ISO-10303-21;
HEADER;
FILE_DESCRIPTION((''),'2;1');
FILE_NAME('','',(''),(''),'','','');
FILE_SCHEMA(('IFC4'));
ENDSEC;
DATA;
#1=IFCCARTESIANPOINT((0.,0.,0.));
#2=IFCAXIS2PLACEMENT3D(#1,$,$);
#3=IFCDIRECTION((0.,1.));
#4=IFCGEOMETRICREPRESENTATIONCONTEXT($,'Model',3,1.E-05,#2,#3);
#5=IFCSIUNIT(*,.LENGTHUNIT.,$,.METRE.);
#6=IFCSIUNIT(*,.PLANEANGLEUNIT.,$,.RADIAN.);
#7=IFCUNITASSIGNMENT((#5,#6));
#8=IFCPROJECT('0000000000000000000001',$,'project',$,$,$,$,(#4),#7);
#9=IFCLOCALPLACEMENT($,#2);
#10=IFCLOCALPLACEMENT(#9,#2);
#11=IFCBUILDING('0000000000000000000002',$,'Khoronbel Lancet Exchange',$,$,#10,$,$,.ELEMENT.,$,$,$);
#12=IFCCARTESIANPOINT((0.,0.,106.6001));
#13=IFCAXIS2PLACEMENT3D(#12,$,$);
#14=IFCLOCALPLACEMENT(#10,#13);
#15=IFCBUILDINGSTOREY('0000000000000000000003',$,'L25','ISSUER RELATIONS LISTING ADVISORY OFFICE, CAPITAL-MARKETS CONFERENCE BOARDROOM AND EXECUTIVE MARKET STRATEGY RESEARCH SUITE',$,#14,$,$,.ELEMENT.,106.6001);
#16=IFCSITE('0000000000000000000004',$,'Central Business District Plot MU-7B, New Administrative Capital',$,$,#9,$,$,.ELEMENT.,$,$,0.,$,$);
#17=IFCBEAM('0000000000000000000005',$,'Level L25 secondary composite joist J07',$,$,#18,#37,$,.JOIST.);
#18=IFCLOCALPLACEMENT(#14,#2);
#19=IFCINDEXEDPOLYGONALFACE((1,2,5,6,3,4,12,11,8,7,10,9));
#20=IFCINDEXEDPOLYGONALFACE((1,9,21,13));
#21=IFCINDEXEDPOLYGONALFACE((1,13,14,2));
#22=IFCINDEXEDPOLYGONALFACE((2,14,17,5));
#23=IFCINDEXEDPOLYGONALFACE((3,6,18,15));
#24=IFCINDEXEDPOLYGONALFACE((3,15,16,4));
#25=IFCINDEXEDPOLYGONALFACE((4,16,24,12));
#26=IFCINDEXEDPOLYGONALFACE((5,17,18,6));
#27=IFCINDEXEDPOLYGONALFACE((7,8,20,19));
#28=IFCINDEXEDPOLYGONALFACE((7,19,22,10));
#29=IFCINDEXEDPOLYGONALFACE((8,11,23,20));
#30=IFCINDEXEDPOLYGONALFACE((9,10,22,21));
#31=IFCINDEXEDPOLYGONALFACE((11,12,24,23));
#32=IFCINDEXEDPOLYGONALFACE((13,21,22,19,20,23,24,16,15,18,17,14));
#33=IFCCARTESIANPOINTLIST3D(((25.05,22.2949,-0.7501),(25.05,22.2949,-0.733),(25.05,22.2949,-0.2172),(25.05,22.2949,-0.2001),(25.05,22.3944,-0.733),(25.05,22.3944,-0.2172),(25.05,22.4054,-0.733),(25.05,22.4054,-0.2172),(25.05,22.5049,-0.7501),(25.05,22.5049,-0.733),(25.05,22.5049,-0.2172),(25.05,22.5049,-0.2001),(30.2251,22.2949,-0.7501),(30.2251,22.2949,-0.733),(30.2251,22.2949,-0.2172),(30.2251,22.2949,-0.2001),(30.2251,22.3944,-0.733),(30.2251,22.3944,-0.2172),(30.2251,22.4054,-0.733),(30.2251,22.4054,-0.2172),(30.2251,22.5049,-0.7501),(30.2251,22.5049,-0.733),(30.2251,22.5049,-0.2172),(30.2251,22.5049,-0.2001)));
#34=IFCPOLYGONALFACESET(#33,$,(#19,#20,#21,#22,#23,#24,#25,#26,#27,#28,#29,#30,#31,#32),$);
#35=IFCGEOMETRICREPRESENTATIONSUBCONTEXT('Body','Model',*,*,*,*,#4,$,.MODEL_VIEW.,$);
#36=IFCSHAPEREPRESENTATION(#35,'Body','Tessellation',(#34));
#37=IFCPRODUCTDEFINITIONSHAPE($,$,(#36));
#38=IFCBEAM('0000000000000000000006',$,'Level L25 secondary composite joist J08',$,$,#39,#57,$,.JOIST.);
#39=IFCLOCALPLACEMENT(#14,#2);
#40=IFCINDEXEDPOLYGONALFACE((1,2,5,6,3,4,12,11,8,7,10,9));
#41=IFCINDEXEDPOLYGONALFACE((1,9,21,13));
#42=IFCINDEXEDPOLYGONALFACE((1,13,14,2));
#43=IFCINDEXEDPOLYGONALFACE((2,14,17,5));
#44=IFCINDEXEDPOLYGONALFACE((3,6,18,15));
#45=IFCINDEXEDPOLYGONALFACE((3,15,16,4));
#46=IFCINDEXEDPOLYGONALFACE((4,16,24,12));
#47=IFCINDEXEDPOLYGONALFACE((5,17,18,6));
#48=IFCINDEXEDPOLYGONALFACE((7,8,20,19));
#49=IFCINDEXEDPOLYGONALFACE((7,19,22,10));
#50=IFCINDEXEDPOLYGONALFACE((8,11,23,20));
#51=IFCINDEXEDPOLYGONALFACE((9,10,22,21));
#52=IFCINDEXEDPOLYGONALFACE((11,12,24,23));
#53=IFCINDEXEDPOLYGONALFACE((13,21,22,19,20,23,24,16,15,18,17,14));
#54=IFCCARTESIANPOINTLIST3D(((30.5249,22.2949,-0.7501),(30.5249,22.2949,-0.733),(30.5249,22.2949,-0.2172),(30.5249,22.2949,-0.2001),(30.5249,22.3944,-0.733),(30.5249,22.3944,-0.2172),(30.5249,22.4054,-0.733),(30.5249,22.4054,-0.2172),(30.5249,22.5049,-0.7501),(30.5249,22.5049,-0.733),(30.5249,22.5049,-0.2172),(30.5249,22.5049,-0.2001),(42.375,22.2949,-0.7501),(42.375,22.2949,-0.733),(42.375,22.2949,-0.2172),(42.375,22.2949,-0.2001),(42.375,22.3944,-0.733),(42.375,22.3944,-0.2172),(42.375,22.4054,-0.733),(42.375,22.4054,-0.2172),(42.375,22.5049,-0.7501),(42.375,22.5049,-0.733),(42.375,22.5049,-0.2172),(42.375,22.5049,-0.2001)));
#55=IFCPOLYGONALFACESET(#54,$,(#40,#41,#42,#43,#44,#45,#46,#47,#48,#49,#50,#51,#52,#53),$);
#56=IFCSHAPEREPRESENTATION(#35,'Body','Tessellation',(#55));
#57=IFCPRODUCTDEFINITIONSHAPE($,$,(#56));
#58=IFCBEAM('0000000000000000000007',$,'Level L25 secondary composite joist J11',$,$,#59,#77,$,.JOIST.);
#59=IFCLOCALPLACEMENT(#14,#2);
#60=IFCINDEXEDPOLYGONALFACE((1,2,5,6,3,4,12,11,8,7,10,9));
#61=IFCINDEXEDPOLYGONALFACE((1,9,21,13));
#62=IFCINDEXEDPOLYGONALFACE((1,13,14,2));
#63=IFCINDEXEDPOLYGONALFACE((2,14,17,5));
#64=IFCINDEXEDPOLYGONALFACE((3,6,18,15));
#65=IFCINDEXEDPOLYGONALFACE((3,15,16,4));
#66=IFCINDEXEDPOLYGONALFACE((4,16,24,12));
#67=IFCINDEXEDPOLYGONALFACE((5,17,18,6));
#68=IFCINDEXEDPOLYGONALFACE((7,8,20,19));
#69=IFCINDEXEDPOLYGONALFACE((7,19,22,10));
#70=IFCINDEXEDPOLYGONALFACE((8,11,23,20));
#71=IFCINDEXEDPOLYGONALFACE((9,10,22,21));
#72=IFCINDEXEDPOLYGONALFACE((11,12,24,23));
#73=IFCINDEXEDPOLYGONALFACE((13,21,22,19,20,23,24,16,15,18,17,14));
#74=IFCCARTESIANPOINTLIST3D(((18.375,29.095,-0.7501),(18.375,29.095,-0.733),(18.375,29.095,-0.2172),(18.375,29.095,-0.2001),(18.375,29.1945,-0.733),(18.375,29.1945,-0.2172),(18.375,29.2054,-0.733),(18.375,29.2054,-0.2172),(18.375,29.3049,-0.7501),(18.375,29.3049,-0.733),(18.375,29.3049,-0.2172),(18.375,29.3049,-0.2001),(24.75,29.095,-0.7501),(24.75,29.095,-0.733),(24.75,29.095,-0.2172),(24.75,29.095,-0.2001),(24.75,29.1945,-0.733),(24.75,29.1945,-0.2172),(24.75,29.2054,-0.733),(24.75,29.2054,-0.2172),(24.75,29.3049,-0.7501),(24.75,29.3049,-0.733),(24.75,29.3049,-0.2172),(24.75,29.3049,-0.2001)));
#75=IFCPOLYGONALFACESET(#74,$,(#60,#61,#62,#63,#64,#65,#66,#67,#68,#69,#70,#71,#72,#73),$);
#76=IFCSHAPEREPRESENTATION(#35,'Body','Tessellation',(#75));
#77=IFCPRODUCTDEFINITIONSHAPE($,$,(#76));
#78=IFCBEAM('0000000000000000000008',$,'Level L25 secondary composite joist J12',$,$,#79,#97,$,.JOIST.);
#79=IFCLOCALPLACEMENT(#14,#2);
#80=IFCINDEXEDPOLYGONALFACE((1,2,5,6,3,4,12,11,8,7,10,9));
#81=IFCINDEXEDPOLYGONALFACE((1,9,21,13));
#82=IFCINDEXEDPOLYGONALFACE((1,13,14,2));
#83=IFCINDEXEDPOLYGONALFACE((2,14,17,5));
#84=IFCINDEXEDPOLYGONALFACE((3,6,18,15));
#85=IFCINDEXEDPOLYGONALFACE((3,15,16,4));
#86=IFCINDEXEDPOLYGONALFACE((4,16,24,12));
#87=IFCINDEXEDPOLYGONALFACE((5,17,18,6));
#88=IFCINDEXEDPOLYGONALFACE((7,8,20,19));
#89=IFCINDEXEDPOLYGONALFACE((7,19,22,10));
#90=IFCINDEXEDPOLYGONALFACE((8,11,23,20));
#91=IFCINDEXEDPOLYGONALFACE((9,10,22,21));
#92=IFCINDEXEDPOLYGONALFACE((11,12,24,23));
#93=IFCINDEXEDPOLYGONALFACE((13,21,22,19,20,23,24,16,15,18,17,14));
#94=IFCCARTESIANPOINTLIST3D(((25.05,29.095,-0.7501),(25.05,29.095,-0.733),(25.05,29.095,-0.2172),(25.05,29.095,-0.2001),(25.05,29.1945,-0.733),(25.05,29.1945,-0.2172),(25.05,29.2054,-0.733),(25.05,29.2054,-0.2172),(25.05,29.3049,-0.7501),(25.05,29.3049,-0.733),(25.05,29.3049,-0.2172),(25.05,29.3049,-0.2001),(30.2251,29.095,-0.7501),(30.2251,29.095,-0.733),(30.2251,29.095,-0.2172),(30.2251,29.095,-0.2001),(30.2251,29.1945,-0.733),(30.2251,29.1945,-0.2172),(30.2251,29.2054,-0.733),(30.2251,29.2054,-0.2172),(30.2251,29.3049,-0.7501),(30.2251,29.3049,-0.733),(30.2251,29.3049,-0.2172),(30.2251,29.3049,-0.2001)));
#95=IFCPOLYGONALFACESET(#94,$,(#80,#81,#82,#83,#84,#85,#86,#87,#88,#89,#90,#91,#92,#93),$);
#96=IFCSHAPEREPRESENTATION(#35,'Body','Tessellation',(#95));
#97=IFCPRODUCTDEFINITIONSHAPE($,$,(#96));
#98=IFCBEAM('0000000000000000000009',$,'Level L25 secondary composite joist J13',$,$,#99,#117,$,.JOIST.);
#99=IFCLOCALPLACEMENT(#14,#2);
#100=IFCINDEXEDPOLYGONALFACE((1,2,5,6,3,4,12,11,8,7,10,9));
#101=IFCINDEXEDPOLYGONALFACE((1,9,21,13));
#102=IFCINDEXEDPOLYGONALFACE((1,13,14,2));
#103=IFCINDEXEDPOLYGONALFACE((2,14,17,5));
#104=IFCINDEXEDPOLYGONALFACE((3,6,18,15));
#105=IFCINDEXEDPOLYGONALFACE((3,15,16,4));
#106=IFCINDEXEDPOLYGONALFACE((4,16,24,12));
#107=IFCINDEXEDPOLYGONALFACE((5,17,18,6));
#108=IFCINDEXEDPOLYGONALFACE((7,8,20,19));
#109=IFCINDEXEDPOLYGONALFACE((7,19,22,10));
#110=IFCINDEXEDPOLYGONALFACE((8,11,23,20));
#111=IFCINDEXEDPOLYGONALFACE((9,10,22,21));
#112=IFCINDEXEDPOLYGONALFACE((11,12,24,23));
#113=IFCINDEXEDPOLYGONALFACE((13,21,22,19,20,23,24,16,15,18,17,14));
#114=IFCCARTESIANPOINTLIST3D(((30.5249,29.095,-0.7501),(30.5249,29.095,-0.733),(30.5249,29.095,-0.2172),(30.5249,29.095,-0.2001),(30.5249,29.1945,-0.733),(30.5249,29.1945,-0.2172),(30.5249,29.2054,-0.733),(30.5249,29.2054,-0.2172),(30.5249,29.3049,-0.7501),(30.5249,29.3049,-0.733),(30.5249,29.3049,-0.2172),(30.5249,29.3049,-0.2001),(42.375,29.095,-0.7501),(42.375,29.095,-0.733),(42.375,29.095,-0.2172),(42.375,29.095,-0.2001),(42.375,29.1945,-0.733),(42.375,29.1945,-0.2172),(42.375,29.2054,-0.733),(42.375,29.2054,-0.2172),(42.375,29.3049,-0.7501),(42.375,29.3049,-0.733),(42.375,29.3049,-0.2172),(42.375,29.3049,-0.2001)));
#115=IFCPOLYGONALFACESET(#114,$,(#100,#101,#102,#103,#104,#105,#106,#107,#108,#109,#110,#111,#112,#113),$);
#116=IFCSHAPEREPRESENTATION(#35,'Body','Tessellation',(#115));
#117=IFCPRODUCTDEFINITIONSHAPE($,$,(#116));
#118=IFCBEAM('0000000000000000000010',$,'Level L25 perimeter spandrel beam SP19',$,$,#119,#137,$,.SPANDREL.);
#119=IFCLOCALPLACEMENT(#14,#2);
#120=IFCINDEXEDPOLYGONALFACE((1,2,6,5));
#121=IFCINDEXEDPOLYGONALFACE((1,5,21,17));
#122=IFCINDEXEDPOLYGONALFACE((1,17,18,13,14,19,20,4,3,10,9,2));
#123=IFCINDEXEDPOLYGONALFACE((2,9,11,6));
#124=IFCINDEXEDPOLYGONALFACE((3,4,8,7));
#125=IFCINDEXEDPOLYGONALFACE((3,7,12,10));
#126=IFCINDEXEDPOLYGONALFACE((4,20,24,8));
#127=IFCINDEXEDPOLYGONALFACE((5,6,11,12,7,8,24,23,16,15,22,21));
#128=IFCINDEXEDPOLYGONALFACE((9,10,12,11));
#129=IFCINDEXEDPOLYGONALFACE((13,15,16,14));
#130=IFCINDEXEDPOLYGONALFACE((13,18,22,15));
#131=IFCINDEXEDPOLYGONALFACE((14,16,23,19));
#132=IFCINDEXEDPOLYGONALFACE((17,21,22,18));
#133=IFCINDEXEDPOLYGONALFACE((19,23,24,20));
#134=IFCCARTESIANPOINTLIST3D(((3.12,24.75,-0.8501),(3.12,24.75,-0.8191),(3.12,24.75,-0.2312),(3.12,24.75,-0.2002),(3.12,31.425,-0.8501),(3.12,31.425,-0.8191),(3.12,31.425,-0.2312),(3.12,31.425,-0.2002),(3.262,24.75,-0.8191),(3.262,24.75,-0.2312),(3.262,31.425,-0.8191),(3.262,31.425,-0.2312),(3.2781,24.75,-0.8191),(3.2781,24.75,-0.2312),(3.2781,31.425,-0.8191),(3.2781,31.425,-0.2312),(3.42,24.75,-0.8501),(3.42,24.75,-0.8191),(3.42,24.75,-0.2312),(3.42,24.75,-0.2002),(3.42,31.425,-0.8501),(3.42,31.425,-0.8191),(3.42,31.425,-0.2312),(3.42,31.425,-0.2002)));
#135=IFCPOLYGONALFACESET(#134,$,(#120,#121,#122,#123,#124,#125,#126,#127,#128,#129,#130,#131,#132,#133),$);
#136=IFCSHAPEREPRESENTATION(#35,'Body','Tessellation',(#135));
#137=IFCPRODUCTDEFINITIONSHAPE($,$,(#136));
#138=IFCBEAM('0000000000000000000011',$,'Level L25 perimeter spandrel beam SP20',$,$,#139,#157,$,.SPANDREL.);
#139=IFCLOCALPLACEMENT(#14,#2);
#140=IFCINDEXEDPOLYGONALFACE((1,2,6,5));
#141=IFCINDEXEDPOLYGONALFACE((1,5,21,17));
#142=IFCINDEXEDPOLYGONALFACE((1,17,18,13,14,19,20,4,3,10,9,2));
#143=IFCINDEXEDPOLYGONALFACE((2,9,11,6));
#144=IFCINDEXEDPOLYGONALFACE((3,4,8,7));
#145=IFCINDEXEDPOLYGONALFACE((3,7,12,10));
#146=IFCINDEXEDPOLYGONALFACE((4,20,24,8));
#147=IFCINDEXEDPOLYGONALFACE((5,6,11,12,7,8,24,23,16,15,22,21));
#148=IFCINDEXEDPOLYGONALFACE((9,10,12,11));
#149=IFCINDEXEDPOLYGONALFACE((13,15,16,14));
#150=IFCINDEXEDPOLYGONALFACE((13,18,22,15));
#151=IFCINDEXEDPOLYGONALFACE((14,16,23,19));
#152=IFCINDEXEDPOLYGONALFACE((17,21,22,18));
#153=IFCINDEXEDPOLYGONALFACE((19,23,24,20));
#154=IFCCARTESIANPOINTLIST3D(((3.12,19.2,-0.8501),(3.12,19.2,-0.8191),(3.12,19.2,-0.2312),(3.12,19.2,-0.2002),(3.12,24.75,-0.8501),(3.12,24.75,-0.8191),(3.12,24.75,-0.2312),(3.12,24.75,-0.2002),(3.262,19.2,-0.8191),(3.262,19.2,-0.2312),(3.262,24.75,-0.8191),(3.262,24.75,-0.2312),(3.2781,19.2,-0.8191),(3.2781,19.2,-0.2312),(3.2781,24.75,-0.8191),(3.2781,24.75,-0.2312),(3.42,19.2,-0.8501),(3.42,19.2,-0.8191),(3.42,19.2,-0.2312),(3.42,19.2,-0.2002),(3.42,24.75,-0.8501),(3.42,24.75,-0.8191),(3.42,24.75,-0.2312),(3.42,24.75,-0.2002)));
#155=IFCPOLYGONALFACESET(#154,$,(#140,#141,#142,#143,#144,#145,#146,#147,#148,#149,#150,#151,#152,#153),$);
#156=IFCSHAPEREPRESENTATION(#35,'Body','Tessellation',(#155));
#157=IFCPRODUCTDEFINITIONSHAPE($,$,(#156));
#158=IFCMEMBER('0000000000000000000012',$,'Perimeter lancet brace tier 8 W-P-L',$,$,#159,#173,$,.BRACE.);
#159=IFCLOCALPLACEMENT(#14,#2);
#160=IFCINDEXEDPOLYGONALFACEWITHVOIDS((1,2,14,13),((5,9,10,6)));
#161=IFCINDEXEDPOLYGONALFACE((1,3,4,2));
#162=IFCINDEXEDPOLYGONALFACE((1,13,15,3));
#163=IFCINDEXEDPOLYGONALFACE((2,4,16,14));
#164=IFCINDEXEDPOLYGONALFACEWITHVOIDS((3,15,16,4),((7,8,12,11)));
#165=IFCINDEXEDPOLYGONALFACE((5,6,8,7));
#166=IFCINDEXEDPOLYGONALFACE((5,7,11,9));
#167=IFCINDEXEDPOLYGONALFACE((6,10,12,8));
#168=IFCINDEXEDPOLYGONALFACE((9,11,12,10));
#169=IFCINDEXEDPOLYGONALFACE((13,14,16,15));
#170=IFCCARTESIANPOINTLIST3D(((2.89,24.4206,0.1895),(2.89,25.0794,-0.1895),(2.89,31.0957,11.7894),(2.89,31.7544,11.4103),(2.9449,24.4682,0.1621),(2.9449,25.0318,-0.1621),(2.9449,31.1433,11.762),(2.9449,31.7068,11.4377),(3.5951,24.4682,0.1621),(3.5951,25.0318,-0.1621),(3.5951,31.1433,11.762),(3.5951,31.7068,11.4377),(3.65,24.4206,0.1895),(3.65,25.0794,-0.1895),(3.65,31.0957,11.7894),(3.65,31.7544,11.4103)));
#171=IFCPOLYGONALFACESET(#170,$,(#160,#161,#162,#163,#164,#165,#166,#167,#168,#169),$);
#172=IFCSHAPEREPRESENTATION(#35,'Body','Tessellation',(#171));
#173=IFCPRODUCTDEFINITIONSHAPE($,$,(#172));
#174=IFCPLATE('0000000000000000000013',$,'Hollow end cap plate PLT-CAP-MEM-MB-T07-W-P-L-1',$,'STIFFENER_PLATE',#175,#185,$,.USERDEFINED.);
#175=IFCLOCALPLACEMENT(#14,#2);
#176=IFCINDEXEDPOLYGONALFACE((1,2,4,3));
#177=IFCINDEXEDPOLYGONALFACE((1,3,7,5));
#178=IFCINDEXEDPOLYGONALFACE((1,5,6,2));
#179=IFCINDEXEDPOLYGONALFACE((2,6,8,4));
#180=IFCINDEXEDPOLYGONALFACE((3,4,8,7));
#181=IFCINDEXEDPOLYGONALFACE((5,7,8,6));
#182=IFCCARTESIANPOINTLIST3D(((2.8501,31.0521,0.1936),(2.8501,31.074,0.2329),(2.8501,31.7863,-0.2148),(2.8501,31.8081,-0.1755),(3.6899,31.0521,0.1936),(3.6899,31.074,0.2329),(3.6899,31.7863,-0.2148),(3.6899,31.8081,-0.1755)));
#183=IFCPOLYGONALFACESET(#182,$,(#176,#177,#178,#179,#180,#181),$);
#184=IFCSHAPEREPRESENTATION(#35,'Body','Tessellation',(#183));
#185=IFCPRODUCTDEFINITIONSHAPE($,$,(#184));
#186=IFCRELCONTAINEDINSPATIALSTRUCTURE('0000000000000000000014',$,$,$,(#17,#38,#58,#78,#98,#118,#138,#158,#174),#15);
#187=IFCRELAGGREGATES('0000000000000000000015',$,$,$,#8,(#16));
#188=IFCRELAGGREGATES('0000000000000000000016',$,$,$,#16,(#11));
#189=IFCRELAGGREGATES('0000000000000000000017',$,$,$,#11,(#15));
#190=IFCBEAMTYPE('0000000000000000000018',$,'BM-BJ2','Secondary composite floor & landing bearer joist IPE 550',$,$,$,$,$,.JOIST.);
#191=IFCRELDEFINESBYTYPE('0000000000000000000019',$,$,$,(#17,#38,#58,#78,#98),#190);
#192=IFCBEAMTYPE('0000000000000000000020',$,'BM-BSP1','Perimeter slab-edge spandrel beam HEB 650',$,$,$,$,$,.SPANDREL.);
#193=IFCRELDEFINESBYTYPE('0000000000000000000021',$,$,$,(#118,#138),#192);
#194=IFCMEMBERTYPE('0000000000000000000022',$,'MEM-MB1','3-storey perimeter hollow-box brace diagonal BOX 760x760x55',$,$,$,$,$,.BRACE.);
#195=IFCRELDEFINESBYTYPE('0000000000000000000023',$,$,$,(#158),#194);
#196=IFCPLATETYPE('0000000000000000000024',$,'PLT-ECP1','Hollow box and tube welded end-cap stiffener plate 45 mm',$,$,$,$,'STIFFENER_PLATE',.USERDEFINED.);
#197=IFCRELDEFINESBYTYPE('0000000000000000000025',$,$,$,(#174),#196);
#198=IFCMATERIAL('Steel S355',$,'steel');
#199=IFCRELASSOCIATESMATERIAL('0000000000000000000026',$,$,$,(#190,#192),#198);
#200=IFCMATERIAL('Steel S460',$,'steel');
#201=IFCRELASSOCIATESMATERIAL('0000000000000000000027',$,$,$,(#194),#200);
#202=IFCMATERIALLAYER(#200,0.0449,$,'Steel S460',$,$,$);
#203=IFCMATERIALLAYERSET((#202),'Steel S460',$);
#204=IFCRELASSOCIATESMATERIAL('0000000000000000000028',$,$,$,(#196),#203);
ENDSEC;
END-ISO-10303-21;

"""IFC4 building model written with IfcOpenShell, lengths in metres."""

from ifc_helpers import new_model, si_unit, direction, frame, origin, origin_2d, place, context, subcontext, project, spatial, polyline, hollow_rectangle, i_section, outline, extrude, material, layer, layer_set, material_profile, profile_set, type_object, element, save


model = new_model("IFC4")

# Units and contexts
model_context = context("Model", 3, precision=1e-05, world=origin(), true_north=direction((0.0, 1.0)))
body_context = subcontext(model_context, "Body", "Model", "MODEL_VIEW")
ifc_project = project(units=[si_unit("LENGTHUNIT", "METRE"), si_unit("PLANEANGLEUNIT", "RADIAN")], contexts=[model_context])

# Site, building, storey
site_placement = place(None, origin())
site = spatial("IfcSite", under=ifc_project, at=site_placement, Name="Central Business District Plot MU-7B, New Administrative Capital", CompositionType="ELEMENT", RefElevation=0.0)
building_placement = place(site_placement, origin())
building = spatial("IfcBuilding", under=site, at=building_placement, Name="Khoronbel Lancet Exchange", CompositionType="ELEMENT")
storey_placement = place(building_placement, frame((0.0, 0.0, 106.6001)))
storey = spatial("IfcBuildingStorey", under=building, at=storey_placement, Name="L25", Description="ISSUER RELATIONS LISTING ADVISORY OFFICE, CAPITAL-MARKETS CONFERENCE BOARDROOM AND EXECUTIVE MARKET STRATEGY RESEARCH SUITE", CompositionType="ELEMENT", Elevation=106.6001)

# Shared definitions
ifc_material_1 = material(Name="Steel S355", Category="steel")

# Beams
ifc_material_profile_1 = material_profile(ifc_material_1, i_section(OverallWidth=0.21, OverallDepth=0.55, WebThickness=0.011, FlangeThickness=0.0171, at=origin_2d()), Name="IPE 550")
ifc_profile_set_1 = profile_set([ifc_material_profile_1], Name="Steel S355")
beam_type_1 = type_object("IfcBeamType", Name="BM-BJ2", Description="Secondary composite floor & landing bearer joist IPE 550", PredefinedType="JOIST", material=ifc_profile_set_1)
beam_1_placement = place(storey_placement, frame((25.05, 22.3999, -0.4751), z_axis=(1.0, 0.0, 0.0), x_axis=(0.0, 1.0, 0.0)))
element("IfcBeam", 1, at=beam_1_placement, inside=storey, type_object=beam_type_1, Name="Level L25 secondary composite joist J07", PredefinedType="JOIST", context=body_context, shape_type="SweptSolid", body=[
    extrude(i_section(OverallWidth=0.21, OverallDepth=0.55, WebThickness=0.011, FlangeThickness=0.0171, at=origin_2d()), origin(), (0.0, 0.0, 1.0), 5.175),
])
beam_2_placement = place(storey_placement, frame((30.5249, 22.3999, -0.4751), z_axis=(1.0, 0.0, 0.0), x_axis=(0.0, 1.0, 0.0)))
element("IfcBeam", 2, at=beam_2_placement, inside=storey, type_object=beam_type_1, Name="Level L25 secondary composite joist J08", PredefinedType="JOIST", context=body_context, shape_type="SweptSolid", body=[
    extrude(i_section(OverallWidth=0.21, OverallDepth=0.55, WebThickness=0.011, FlangeThickness=0.0171, at=origin_2d()), origin(), (0.0, 0.0, 1.0), 11.8501),
])
beam_3_placement = place(storey_placement, frame((18.375, 29.2, -0.4751), z_axis=(1.0, 0.0, 0.0), x_axis=(0.0, 1.0, 0.0)))
element("IfcBeam", 3, at=beam_3_placement, inside=storey, type_object=beam_type_1, Name="Level L25 secondary composite joist J11", PredefinedType="JOIST", context=body_context, shape_type="SweptSolid", body=[
    extrude(i_section(OverallWidth=0.21, OverallDepth=0.55, WebThickness=0.011, FlangeThickness=0.0171, at=origin_2d()), origin(), (0.0, 0.0, 1.0), 6.375),
])
beam_4_placement = place(storey_placement, frame((25.05, 29.2, -0.4751), z_axis=(1.0, 0.0, 0.0), x_axis=(0.0, 1.0, 0.0)))
element("IfcBeam", 4, at=beam_4_placement, inside=storey, type_object=beam_type_1, Name="Level L25 secondary composite joist J12", PredefinedType="JOIST", context=body_context, shape_type="SweptSolid", body=[
    extrude(i_section(OverallWidth=0.21, OverallDepth=0.55, WebThickness=0.011, FlangeThickness=0.0171, at=origin_2d()), origin(), (0.0, 0.0, 1.0), 5.175),
])
beam_5_placement = place(storey_placement, frame((30.5249, 29.2, -0.4751), z_axis=(1.0, 0.0, 0.0), x_axis=(0.0, 1.0, 0.0)))
element("IfcBeam", 5, at=beam_5_placement, inside=storey, type_object=beam_type_1, Name="Level L25 secondary composite joist J13", PredefinedType="JOIST", context=body_context, shape_type="SweptSolid", body=[
    extrude(i_section(OverallWidth=0.21, OverallDepth=0.55, WebThickness=0.011, FlangeThickness=0.0171, at=origin_2d()), origin(), (0.0, 0.0, 1.0), 11.8501),
])
ifc_material_profile_2 = material_profile(ifc_material_1, i_section(OverallWidth=0.3, OverallDepth=0.6499, WebThickness=0.0161, FlangeThickness=0.031, at=origin_2d()), Name="HEB 650")
ifc_profile_set_2 = profile_set([ifc_material_profile_2], Name="Steel S355")
beam_type_2 = type_object("IfcBeamType", Name="BM-BSP1", Description="Perimeter slab-edge spandrel beam HEB 650", PredefinedType="SPANDREL", material=ifc_profile_set_2)
beam_6_placement = place(storey_placement, frame((3.27, 31.425, -0.5251), z_axis=(0.0, -1.0, 0.0), x_axis=(1.0, 0.0, 0.0)))
element("IfcBeam", 6, at=beam_6_placement, inside=storey, type_object=beam_type_2, Name="Level L25 perimeter spandrel beam SP19", PredefinedType="SPANDREL", context=body_context, shape_type="SweptSolid", body=[
    extrude(i_section(OverallWidth=0.3, OverallDepth=0.6499, WebThickness=0.0161, FlangeThickness=0.031, at=origin_2d()), origin(), (0.0, 0.0, 1.0), 6.675),
])
beam_7_placement = place(storey_placement, frame((3.27, 24.75, -0.5251), z_axis=(0.0, -1.0, 0.0), x_axis=(1.0, 0.0, 0.0)))
element("IfcBeam", 7, at=beam_7_placement, inside=storey, type_object=beam_type_2, Name="Level L25 perimeter spandrel beam SP20", PredefinedType="SPANDREL", context=body_context, shape_type="SweptSolid", body=[
    extrude(i_section(OverallWidth=0.3, OverallDepth=0.6499, WebThickness=0.0161, FlangeThickness=0.031, at=origin_2d()), origin(), (0.0, 0.0, 1.0), 5.55),
])

# Member
ifc_material_2 = material(Name="Steel S460", Category="steel")
ifc_material_profile_3 = material_profile(ifc_material_2, hollow_rectangle(XDim=0.76, YDim=0.76, WallThickness=0.0549, at=origin_2d()), Name="BOX 760x760x55")
ifc_profile_set_3 = profile_set([ifc_material_profile_3], Name="Steel S460")
member_type = type_object("IfcMemberType", Name="MEM-MB1", Description="3-storey perimeter hollow-box brace diagonal BOX 760x760x55", PredefinedType="BRACE", material=ifc_profile_set_3)
member_placement = place(storey_placement, frame((3.27, 24.75, 0.0), z_axis=(0.0, 0.498759, 0.866741), x_axis=(-1.0, 0.0, 0.0)))
element("IfcMember", 8, at=member_placement, inside=storey, type_object=member_type, Name="Perimeter lancet brace tier 8 W-P-L", PredefinedType="BRACE", context=body_context, shape_type="SweptSolid", body=[
    extrude(hollow_rectangle(XDim=0.76, YDim=0.76, WallThickness=0.0549, at=origin_2d()), origin(), (0.0, 0.0, 1.0), 13.3833),
])

# Plate
ifc_layer_1 = layer(ifc_material_2, 0.0449, Name="Steel S460")
ifc_layer_set_1 = layer_set([ifc_layer_1], Name="Steel S460")
plate_type = type_object("IfcPlateType", Name="PLT-ECP1", Description="Hollow box and tube welded end-cap stiffener plate 45 mm", ElementType="STIFFENER_PLATE", PredefinedType="USERDEFINED", material=ifc_layer_set_1)
for number, where, z_axis, x_axis, name in (
    (9, (3.6899, 31.8081, -0.1755), (0.0, 0.486186, 0.873856), (-1.0, 0.0, 0.0), "Hollow end cap plate PLT-CAP-MEM-MB-T07-W-P-L-1"),
):
    element("IfcPlate", number, at=place(storey_placement, frame(where, z_axis=z_axis, x_axis=x_axis)), inside=storey, type_object=plate_type, Name=name, ObjectType="STIFFENER_PLATE", PredefinedType="USERDEFINED", context=body_context, shape_type="SweptSolid", body=[
        extrude(outline(polyline([(0.0, 0.0), (0.8398, 0.0), (0.8398, 0.8401), (0.0, 0.8401), (0.0, 0.0)])), origin(), (0.0, 0.0, -1.0), 0.0449),
    ])

save(model, "model.ifc")
